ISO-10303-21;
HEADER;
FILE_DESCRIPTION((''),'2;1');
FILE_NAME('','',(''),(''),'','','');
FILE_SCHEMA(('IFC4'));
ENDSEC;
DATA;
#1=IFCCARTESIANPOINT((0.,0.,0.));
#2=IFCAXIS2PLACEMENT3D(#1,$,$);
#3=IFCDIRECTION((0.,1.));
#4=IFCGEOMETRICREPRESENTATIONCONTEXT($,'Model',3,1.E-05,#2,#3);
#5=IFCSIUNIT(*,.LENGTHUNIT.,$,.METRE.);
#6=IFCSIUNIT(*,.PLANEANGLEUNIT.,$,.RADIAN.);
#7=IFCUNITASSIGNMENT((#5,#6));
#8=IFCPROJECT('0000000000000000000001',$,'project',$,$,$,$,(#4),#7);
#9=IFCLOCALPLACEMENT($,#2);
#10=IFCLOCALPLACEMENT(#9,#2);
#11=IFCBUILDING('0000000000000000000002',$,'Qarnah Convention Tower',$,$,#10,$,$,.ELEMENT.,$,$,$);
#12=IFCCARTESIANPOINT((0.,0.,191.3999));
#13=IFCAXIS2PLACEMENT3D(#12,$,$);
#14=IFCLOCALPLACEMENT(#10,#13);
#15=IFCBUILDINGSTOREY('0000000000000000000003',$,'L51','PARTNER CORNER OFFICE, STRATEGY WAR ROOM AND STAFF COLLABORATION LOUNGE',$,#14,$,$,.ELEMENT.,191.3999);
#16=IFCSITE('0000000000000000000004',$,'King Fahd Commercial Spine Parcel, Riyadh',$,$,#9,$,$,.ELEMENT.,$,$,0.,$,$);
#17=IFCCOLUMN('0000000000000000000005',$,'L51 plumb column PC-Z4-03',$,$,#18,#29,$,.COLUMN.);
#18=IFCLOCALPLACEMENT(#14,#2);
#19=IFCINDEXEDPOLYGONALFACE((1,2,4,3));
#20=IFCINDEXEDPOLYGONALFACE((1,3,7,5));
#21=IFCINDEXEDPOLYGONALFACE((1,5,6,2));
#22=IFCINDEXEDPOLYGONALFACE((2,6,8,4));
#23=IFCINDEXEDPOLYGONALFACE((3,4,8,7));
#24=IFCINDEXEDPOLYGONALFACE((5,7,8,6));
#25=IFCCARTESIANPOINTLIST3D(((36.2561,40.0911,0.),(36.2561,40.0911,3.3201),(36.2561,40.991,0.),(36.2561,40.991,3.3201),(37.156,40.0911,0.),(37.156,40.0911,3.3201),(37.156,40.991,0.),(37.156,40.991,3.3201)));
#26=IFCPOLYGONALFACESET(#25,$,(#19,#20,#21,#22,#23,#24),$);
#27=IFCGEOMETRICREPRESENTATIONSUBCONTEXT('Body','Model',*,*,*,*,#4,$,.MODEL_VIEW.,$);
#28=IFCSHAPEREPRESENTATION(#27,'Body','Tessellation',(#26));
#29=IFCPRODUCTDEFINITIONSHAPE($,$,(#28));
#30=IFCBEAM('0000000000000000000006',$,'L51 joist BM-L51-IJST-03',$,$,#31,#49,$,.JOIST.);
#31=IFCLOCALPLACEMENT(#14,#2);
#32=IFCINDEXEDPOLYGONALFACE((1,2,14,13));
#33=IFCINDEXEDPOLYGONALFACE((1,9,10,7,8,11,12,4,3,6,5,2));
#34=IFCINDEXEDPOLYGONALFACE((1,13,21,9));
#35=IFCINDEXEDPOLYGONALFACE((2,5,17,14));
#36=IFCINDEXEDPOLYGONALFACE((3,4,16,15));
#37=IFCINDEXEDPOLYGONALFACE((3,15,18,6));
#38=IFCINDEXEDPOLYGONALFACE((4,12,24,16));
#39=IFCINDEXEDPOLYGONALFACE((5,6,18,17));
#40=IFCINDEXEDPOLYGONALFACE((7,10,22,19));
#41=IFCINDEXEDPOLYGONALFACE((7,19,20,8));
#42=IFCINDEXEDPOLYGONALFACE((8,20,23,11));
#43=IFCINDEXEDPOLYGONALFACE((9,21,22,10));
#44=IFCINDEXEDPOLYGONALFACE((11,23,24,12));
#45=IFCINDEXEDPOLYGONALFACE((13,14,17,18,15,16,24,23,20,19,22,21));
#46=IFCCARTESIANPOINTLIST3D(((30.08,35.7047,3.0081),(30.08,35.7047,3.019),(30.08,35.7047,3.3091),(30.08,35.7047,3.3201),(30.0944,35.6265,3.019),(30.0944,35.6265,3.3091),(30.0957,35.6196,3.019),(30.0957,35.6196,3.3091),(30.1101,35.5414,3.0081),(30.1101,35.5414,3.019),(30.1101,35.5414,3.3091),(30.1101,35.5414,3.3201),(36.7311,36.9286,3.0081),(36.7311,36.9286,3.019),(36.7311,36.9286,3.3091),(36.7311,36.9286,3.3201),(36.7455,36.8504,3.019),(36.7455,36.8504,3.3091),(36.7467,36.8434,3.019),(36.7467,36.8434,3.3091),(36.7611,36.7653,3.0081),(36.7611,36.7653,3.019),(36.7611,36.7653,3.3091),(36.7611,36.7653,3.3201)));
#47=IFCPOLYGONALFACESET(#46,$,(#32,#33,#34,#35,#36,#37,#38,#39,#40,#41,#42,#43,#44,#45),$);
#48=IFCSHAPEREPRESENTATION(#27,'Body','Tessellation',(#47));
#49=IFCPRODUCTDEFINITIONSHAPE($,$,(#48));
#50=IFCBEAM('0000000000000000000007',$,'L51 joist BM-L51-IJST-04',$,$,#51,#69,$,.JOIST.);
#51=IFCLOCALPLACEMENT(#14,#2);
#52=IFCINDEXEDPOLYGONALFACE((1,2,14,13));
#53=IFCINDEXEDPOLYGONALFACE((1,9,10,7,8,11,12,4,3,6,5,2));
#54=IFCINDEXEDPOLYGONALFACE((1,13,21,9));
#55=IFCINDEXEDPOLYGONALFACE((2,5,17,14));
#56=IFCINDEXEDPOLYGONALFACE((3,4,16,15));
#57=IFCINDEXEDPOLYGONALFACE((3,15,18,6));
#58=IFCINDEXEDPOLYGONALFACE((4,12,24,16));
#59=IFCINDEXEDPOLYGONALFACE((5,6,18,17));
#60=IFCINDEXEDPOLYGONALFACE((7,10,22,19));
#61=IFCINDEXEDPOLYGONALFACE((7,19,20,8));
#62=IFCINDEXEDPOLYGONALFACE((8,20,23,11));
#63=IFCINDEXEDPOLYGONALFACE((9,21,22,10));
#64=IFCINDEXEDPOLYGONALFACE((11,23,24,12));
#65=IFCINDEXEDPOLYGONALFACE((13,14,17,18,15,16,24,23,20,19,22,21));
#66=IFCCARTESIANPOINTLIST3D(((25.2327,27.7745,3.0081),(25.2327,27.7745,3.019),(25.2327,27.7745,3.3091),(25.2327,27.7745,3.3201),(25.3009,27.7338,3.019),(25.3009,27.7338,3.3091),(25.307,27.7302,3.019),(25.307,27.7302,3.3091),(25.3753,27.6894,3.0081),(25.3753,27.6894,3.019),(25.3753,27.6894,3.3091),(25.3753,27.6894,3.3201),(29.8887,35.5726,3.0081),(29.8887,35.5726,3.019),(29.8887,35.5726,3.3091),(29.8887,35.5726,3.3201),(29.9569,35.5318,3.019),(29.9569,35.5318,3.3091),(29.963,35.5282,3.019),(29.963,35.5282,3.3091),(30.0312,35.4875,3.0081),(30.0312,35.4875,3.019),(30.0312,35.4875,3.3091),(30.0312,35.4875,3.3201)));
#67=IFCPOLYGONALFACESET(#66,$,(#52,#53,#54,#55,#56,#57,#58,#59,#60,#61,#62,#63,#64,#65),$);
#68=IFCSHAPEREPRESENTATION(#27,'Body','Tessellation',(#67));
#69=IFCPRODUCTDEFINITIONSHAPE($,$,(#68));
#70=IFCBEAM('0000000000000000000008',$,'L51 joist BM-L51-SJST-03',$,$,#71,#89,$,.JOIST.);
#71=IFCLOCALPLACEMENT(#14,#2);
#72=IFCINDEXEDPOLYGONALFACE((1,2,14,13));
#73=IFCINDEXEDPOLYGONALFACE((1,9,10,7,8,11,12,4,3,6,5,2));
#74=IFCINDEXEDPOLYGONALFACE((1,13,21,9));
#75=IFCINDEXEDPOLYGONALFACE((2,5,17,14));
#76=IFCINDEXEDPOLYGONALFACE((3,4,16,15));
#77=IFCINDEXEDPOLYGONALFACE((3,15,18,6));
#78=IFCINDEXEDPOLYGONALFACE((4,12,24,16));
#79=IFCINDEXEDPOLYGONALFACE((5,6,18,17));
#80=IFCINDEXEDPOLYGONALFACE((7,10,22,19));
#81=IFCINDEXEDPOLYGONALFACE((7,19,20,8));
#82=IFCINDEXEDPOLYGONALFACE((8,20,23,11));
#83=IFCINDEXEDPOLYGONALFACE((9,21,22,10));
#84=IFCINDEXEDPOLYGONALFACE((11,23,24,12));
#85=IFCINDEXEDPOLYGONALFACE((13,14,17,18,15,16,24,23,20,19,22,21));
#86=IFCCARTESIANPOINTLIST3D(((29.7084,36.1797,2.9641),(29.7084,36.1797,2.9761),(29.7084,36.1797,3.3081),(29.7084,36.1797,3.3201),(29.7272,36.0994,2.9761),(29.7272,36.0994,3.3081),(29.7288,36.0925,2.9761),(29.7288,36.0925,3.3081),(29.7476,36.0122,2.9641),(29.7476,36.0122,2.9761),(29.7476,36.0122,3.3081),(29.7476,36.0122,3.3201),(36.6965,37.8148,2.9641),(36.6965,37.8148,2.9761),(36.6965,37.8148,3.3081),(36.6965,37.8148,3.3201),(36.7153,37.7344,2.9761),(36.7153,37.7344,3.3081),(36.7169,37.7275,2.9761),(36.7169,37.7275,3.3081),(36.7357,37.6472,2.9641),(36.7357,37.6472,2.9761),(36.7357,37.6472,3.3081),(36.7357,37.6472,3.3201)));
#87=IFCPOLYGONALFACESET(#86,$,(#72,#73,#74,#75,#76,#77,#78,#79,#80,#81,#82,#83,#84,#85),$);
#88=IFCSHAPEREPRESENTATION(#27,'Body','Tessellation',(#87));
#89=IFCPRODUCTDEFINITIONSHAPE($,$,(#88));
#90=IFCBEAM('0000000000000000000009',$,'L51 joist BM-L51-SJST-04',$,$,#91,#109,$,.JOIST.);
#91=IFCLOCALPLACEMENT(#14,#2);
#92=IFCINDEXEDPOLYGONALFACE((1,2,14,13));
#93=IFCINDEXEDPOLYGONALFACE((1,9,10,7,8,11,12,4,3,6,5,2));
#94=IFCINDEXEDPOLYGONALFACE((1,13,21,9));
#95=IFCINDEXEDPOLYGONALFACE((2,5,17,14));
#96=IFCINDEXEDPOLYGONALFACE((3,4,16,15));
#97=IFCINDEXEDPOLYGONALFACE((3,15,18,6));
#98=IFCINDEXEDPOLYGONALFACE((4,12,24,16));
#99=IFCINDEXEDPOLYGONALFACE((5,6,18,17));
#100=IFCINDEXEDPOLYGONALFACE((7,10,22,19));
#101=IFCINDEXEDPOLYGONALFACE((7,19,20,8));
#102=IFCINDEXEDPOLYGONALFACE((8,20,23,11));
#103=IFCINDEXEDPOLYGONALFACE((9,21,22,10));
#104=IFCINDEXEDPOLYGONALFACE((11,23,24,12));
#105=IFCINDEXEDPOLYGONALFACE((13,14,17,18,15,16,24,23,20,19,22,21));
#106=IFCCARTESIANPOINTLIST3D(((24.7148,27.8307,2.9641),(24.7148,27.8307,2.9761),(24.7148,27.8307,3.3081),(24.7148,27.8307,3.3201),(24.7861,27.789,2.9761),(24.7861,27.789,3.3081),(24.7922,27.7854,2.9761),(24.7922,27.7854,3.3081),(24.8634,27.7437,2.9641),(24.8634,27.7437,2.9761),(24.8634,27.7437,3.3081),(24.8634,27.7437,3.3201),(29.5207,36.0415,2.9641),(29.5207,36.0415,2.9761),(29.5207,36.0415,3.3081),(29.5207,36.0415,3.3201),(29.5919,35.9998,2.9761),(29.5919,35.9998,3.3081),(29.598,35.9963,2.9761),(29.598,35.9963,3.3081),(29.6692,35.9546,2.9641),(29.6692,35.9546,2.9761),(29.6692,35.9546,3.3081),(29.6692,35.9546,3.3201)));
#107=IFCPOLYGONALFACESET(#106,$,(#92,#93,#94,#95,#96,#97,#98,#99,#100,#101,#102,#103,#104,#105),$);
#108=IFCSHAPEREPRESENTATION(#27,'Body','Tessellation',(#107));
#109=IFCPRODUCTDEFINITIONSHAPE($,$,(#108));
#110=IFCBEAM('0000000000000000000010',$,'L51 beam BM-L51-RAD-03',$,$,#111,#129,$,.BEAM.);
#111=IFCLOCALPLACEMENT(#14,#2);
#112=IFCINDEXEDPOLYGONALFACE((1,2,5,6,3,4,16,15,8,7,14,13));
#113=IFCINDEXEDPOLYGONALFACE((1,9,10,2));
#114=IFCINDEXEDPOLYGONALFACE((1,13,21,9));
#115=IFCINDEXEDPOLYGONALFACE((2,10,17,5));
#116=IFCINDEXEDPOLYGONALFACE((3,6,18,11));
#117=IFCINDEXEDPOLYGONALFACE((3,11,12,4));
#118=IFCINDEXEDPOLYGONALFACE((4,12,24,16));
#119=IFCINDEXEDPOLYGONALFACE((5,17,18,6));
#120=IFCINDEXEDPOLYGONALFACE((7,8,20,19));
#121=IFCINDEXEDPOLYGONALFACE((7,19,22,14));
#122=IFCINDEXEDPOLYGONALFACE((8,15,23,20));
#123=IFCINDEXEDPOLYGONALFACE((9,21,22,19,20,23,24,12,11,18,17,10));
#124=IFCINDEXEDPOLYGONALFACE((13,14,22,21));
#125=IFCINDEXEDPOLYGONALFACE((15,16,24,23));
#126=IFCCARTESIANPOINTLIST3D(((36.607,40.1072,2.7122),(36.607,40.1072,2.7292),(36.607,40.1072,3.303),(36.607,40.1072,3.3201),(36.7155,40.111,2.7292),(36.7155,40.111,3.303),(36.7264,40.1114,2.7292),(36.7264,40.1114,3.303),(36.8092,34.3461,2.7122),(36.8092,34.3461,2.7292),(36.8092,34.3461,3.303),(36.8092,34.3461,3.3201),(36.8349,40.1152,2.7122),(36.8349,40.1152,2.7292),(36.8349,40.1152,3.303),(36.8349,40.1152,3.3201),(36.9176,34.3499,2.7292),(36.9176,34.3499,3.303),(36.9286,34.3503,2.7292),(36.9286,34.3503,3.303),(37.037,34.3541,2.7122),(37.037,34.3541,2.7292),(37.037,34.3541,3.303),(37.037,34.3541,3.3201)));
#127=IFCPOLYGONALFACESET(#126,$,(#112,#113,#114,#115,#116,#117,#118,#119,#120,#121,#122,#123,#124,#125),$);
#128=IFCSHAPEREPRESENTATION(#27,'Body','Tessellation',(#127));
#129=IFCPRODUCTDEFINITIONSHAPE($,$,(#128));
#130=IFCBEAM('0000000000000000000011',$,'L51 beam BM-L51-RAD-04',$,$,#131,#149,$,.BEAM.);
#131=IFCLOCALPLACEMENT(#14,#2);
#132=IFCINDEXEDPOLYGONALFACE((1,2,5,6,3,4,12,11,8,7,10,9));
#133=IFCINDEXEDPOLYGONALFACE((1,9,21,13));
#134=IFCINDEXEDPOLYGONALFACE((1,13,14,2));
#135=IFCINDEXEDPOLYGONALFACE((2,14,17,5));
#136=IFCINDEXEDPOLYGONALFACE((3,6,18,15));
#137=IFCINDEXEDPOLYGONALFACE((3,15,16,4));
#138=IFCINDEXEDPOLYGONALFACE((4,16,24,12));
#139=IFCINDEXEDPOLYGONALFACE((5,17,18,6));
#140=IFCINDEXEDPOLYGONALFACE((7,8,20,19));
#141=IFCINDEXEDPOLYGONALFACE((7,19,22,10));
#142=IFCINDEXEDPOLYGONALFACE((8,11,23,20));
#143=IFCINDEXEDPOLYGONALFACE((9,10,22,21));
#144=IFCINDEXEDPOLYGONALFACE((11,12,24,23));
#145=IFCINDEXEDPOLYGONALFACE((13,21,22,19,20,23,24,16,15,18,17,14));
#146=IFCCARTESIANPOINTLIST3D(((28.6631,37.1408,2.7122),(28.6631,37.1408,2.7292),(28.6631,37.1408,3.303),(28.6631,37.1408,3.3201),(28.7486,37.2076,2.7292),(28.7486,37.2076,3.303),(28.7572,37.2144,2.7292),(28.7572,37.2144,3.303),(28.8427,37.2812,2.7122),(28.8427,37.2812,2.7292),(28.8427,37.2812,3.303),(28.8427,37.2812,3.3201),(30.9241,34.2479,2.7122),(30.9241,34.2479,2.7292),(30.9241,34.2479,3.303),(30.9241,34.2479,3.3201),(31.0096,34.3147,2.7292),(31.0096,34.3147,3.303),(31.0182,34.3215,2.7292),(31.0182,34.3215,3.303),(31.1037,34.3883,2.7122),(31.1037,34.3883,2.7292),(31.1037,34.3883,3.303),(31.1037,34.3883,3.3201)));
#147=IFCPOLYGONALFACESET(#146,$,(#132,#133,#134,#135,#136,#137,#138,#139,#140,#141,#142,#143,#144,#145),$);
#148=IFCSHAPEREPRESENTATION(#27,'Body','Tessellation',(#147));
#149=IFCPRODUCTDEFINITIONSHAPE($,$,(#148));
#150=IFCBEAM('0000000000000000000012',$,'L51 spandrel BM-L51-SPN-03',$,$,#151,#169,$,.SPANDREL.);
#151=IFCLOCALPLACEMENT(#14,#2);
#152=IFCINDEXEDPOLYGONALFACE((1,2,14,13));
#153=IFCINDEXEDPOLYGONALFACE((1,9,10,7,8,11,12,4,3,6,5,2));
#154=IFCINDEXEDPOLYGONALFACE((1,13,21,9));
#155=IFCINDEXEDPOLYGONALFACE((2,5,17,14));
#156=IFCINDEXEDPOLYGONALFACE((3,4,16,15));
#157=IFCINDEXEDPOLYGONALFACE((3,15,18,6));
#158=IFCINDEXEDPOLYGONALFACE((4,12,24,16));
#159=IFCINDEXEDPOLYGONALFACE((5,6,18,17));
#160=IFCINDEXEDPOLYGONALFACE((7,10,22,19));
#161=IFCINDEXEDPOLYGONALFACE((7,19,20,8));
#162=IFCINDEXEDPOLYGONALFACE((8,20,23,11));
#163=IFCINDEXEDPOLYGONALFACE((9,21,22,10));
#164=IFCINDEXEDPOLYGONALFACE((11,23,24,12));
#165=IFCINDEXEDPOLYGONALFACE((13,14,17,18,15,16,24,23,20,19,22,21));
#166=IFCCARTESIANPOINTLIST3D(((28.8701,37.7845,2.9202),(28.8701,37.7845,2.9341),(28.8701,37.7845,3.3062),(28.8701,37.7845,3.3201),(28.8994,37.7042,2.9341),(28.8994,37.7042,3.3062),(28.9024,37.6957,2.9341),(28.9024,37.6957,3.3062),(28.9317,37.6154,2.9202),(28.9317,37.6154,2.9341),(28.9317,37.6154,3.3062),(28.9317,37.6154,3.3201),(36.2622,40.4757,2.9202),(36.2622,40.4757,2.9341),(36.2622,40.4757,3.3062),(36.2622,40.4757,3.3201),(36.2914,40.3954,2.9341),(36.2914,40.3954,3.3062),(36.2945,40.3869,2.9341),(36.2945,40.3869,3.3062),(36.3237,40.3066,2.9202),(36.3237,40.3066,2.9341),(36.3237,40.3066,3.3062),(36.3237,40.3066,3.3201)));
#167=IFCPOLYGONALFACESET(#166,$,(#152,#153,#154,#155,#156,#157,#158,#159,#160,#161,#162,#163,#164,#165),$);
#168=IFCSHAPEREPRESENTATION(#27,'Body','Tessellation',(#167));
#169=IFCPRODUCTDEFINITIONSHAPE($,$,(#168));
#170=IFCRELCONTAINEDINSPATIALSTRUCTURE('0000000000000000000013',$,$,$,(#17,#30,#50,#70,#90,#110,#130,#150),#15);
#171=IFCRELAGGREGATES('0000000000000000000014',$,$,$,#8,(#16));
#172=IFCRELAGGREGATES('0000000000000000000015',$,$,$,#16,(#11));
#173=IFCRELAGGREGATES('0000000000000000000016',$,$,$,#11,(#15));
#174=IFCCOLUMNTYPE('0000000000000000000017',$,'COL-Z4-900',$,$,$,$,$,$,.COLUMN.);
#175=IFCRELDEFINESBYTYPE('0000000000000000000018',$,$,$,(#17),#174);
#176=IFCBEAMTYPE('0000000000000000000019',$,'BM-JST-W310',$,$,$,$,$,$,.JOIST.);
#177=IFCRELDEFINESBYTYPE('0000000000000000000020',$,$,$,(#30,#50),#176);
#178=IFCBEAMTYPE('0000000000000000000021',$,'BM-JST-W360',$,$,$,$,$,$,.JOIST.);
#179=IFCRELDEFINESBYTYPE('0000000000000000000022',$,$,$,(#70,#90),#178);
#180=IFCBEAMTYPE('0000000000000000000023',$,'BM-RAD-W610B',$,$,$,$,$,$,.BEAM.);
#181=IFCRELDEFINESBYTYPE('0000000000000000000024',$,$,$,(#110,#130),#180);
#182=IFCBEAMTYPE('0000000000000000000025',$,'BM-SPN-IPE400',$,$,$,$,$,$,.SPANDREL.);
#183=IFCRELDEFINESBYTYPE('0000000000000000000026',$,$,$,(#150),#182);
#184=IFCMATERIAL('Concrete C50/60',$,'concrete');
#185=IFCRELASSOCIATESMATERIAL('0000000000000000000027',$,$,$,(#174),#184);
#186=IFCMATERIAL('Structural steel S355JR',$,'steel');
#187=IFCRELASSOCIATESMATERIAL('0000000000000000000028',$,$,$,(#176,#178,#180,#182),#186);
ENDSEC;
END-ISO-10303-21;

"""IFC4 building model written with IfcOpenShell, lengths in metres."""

from ifc_helpers import new_model, si_unit, direction, frame, origin, origin_2d, place, context, subcontext, project, spatial, rectangle, i_section, extrude, material, material_profile, profile_set, type_object, element, save


model = new_model("IFC4")

# Units and contexts
model_context = context("Model", 3, precision=1e-05, world=origin(), true_north=direction((0.0, 1.0)))
body_context = subcontext(model_context, "Body", "Model", "MODEL_VIEW")
ifc_project = project(units=[si_unit("LENGTHUNIT", "METRE"), si_unit("PLANEANGLEUNIT", "RADIAN")], contexts=[model_context])

# Site, building, storey
site_placement = place(None, origin())
site = spatial("IfcSite", under=ifc_project, at=site_placement, Name="King Fahd Commercial Spine Parcel, Riyadh", CompositionType="ELEMENT", RefElevation=0.0)
building_placement = place(site_placement, origin())
building = spatial("IfcBuilding", under=site, at=building_placement, Name="Qarnah Convention Tower", CompositionType="ELEMENT")
storey_placement = place(building_placement, frame((0.0, 0.0, 191.3999)))
storey = spatial("IfcBuildingStorey", under=building, at=storey_placement, Name="L51", Description="PARTNER CORNER OFFICE, STRATEGY WAR ROOM AND STAFF COLLABORATION LOUNGE", CompositionType="ELEMENT", Elevation=191.3999)

# Column
ifc_material_1 = material(Name="Concrete C50/60", Category="concrete")
ifc_material_profile_1 = material_profile(ifc_material_1, rectangle(XDim=0.8999, YDim=0.8999, at=origin_2d()), Name="RC-COL-900X900")
ifc_profile_set_1 = profile_set([ifc_material_profile_1], Name="Concrete C50/60")
column_type = type_object("IfcColumnType", Name="COL-Z4-900", PredefinedType="COLUMN", material=ifc_profile_set_1)
column_placement = place(storey_placement, frame((36.7061, 40.541, 0.0), z_axis=(0.0, 0.0, 1.0), x_axis=(1.0, 0.0, 0.0)))
element("IfcColumn", 1, at=column_placement, inside=storey, type_object=column_type, Name="L51 plumb column PC-Z4-03", PredefinedType="COLUMN", context=body_context, shape_type="SweptSolid", body=[
    extrude(rectangle(XDim=0.8999, YDim=0.8999, at=origin_2d()), origin(), (0.0, 0.0, 1.0), 3.3201),
])

# Beams
ifc_material_2 = material(Name="Structural steel S355JR", Category="steel")
ifc_material_profile_2 = material_profile(ifc_material_2, i_section(OverallWidth=0.166, OverallDepth=0.312, WebThickness=0.0071, FlangeThickness=0.011, at=origin_2d()), Name="W310X45")
ifc_profile_set_2 = profile_set([ifc_material_profile_2], Name="Structural steel S355JR")
beam_type_1 = type_object("IfcBeamType", Name="BM-JST-W310", PredefinedType="JOIST", material=ifc_profile_set_2)
beam_1_placement = place(storey_placement, frame((36.7461, 36.8469, 3.1641), z_axis=(-0.983488, -0.180972, 0.0), x_axis=(0.180972, -0.983488, 0.0)))
element("IfcBeam", 2, at=beam_1_placement, inside=storey, type_object=beam_type_1, Name="L51 joist BM-L51-IJST-03", PredefinedType="JOIST", context=body_context, shape_type="SweptSolid", body=[
    extrude(i_section(OverallWidth=0.166, OverallDepth=0.312, WebThickness=0.0071, FlangeThickness=0.011, at=origin_2d()), origin(), (0.0, 0.0, 1.0), 6.7627),
])
beam_2_placement = place(storey_placement, frame((29.96, 35.53, 3.1641), z_axis=(-0.512645, -0.858601, 0.0), x_axis=(0.858601, -0.512645, 0.0)))
element("IfcBeam", 3, at=beam_2_placement, inside=storey, type_object=beam_type_1, Name="L51 joist BM-L51-IJST-04", PredefinedType="JOIST", context=body_context, shape_type="SweptSolid", body=[
    extrude(i_section(OverallWidth=0.166, OverallDepth=0.312, WebThickness=0.0071, FlangeThickness=0.011, at=origin_2d()), origin(), (0.0, 0.0, 1.0), 9.0823),
])
ifc_material_profile_3 = material_profile(ifc_material_2, i_section(OverallWidth=0.1721, OverallDepth=0.356, WebThickness=0.0071, FlangeThickness=0.012, at=origin_2d()), Name="W360X51")
ifc_profile_set_3 = profile_set([ifc_material_profile_3], Name="Structural steel S355JR")
beam_type_2 = type_object("IfcBeamType", Name="BM-JST-W360", PredefinedType="JOIST", material=ifc_profile_set_3)
beam_3_placement = place(storey_placement, frame((36.7161, 37.731, 3.1421), z_axis=(-0.973703, -0.22782, 0.0), x_axis=(0.22782, -0.973703, 0.0)))
element("IfcBeam", 4, at=beam_3_placement, inside=storey, type_object=beam_type_2, Name="L51 joist BM-L51-SJST-03", PredefinedType="JOIST", context=body_context, shape_type="SweptSolid", body=[
    extrude(i_section(OverallWidth=0.1721, OverallDepth=0.356, WebThickness=0.0071, FlangeThickness=0.012, at=origin_2d()), origin(), (0.0, 0.0, 1.0), 7.1768),
])
beam_4_placement = place(storey_placement, frame((29.595, 35.998, 3.1421), z_axis=(-0.505141, -0.863037, 0.0), x_axis=(0.863037, -0.505141, 0.0)))
element("IfcBeam", 5, at=beam_4_placement, inside=storey, type_object=beam_type_2, Name="L51 joist BM-L51-SJST-04", PredefinedType="JOIST", context=body_context, shape_type="SweptSolid", body=[
    extrude(i_section(OverallWidth=0.1721, OverallDepth=0.356, WebThickness=0.0071, FlangeThickness=0.012, at=origin_2d()), origin(), (0.0, 0.0, 1.0), 9.5139),
])
ifc_material_profile_4 = material_profile(ifc_material_2, i_section(OverallWidth=0.228, OverallDepth=0.6079, WebThickness=0.011, FlangeThickness=0.0171, at=origin_2d()), Name="W610X113")
ifc_profile_set_4 = profile_set([ifc_material_profile_4], Name="Structural steel S355JR")
beam_type_3 = type_object("IfcBeamType", Name="BM-RAD-W610B", PredefinedType="BEAM", material=ifc_profile_set_4)
beam_5_placement = place(storey_placement, frame((36.9231, 34.3501, 3.0161), z_axis=(-0.035068, 0.999385, 0.0), x_axis=(-0.999385, -0.035068, 0.0)))
element("IfcBeam", 6, at=beam_5_placement, inside=storey, type_object=beam_type_3, Name="L51 beam BM-L51-RAD-03", PredefinedType="BEAM", context=body_context, shape_type="SweptSolid", body=[
    extrude(i_section(OverallWidth=0.228, OverallDepth=0.6079, WebThickness=0.011, FlangeThickness=0.0171, at=origin_2d()), origin(), (0.0, 0.0, 1.0), 5.7646),
])
beam_6_placement = place(storey_placement, frame((31.0139, 34.3181, 3.0161), z_axis=(-0.615808, 0.787896, 0.0), x_axis=(-0.787896, -0.615808, 0.0)))
element("IfcBeam", 7, at=beam_6_placement, inside=storey, type_object=beam_type_3, Name="L51 beam BM-L51-RAD-04", PredefinedType="BEAM", context=body_context, shape_type="SweptSolid", body=[
    extrude(i_section(OverallWidth=0.228, OverallDepth=0.6079, WebThickness=0.011, FlangeThickness=0.0171, at=origin_2d()), origin(), (0.0, 0.0, 1.0), 3.6716),
])
ifc_material_profile_5 = material_profile(ifc_material_2, i_section(OverallWidth=0.1799, OverallDepth=0.3999, WebThickness=0.009, FlangeThickness=0.0139, at=origin_2d()), Name="IPE400")
ifc_profile_set_5 = profile_set([ifc_material_profile_5], Name="Structural steel S355JR")
beam_type_4 = type_object("IfcBeamType", Name="BM-SPN-IPE400", PredefinedType="SPANDREL", material=ifc_profile_set_5)
beam_7_placement = place(storey_placement, frame((36.293, 40.3911, 3.1201), z_axis=(-0.939666, -0.342094, 0.0), x_axis=(0.342094, -0.939666, 0.0)))
element("IfcBeam", 8, at=beam_7_placement, inside=storey, type_object=beam_type_4, Name="L51 spandrel BM-L51-SPN-03", PredefinedType="SPANDREL", context=body_context, shape_type="SweptSolid", body=[
    extrude(i_section(OverallWidth=0.1799, OverallDepth=0.3999, WebThickness=0.009, FlangeThickness=0.0139, at=origin_2d()), origin(), (0.0, 0.0, 1.0), 7.8667),
])

save(model, "model.ifc")
